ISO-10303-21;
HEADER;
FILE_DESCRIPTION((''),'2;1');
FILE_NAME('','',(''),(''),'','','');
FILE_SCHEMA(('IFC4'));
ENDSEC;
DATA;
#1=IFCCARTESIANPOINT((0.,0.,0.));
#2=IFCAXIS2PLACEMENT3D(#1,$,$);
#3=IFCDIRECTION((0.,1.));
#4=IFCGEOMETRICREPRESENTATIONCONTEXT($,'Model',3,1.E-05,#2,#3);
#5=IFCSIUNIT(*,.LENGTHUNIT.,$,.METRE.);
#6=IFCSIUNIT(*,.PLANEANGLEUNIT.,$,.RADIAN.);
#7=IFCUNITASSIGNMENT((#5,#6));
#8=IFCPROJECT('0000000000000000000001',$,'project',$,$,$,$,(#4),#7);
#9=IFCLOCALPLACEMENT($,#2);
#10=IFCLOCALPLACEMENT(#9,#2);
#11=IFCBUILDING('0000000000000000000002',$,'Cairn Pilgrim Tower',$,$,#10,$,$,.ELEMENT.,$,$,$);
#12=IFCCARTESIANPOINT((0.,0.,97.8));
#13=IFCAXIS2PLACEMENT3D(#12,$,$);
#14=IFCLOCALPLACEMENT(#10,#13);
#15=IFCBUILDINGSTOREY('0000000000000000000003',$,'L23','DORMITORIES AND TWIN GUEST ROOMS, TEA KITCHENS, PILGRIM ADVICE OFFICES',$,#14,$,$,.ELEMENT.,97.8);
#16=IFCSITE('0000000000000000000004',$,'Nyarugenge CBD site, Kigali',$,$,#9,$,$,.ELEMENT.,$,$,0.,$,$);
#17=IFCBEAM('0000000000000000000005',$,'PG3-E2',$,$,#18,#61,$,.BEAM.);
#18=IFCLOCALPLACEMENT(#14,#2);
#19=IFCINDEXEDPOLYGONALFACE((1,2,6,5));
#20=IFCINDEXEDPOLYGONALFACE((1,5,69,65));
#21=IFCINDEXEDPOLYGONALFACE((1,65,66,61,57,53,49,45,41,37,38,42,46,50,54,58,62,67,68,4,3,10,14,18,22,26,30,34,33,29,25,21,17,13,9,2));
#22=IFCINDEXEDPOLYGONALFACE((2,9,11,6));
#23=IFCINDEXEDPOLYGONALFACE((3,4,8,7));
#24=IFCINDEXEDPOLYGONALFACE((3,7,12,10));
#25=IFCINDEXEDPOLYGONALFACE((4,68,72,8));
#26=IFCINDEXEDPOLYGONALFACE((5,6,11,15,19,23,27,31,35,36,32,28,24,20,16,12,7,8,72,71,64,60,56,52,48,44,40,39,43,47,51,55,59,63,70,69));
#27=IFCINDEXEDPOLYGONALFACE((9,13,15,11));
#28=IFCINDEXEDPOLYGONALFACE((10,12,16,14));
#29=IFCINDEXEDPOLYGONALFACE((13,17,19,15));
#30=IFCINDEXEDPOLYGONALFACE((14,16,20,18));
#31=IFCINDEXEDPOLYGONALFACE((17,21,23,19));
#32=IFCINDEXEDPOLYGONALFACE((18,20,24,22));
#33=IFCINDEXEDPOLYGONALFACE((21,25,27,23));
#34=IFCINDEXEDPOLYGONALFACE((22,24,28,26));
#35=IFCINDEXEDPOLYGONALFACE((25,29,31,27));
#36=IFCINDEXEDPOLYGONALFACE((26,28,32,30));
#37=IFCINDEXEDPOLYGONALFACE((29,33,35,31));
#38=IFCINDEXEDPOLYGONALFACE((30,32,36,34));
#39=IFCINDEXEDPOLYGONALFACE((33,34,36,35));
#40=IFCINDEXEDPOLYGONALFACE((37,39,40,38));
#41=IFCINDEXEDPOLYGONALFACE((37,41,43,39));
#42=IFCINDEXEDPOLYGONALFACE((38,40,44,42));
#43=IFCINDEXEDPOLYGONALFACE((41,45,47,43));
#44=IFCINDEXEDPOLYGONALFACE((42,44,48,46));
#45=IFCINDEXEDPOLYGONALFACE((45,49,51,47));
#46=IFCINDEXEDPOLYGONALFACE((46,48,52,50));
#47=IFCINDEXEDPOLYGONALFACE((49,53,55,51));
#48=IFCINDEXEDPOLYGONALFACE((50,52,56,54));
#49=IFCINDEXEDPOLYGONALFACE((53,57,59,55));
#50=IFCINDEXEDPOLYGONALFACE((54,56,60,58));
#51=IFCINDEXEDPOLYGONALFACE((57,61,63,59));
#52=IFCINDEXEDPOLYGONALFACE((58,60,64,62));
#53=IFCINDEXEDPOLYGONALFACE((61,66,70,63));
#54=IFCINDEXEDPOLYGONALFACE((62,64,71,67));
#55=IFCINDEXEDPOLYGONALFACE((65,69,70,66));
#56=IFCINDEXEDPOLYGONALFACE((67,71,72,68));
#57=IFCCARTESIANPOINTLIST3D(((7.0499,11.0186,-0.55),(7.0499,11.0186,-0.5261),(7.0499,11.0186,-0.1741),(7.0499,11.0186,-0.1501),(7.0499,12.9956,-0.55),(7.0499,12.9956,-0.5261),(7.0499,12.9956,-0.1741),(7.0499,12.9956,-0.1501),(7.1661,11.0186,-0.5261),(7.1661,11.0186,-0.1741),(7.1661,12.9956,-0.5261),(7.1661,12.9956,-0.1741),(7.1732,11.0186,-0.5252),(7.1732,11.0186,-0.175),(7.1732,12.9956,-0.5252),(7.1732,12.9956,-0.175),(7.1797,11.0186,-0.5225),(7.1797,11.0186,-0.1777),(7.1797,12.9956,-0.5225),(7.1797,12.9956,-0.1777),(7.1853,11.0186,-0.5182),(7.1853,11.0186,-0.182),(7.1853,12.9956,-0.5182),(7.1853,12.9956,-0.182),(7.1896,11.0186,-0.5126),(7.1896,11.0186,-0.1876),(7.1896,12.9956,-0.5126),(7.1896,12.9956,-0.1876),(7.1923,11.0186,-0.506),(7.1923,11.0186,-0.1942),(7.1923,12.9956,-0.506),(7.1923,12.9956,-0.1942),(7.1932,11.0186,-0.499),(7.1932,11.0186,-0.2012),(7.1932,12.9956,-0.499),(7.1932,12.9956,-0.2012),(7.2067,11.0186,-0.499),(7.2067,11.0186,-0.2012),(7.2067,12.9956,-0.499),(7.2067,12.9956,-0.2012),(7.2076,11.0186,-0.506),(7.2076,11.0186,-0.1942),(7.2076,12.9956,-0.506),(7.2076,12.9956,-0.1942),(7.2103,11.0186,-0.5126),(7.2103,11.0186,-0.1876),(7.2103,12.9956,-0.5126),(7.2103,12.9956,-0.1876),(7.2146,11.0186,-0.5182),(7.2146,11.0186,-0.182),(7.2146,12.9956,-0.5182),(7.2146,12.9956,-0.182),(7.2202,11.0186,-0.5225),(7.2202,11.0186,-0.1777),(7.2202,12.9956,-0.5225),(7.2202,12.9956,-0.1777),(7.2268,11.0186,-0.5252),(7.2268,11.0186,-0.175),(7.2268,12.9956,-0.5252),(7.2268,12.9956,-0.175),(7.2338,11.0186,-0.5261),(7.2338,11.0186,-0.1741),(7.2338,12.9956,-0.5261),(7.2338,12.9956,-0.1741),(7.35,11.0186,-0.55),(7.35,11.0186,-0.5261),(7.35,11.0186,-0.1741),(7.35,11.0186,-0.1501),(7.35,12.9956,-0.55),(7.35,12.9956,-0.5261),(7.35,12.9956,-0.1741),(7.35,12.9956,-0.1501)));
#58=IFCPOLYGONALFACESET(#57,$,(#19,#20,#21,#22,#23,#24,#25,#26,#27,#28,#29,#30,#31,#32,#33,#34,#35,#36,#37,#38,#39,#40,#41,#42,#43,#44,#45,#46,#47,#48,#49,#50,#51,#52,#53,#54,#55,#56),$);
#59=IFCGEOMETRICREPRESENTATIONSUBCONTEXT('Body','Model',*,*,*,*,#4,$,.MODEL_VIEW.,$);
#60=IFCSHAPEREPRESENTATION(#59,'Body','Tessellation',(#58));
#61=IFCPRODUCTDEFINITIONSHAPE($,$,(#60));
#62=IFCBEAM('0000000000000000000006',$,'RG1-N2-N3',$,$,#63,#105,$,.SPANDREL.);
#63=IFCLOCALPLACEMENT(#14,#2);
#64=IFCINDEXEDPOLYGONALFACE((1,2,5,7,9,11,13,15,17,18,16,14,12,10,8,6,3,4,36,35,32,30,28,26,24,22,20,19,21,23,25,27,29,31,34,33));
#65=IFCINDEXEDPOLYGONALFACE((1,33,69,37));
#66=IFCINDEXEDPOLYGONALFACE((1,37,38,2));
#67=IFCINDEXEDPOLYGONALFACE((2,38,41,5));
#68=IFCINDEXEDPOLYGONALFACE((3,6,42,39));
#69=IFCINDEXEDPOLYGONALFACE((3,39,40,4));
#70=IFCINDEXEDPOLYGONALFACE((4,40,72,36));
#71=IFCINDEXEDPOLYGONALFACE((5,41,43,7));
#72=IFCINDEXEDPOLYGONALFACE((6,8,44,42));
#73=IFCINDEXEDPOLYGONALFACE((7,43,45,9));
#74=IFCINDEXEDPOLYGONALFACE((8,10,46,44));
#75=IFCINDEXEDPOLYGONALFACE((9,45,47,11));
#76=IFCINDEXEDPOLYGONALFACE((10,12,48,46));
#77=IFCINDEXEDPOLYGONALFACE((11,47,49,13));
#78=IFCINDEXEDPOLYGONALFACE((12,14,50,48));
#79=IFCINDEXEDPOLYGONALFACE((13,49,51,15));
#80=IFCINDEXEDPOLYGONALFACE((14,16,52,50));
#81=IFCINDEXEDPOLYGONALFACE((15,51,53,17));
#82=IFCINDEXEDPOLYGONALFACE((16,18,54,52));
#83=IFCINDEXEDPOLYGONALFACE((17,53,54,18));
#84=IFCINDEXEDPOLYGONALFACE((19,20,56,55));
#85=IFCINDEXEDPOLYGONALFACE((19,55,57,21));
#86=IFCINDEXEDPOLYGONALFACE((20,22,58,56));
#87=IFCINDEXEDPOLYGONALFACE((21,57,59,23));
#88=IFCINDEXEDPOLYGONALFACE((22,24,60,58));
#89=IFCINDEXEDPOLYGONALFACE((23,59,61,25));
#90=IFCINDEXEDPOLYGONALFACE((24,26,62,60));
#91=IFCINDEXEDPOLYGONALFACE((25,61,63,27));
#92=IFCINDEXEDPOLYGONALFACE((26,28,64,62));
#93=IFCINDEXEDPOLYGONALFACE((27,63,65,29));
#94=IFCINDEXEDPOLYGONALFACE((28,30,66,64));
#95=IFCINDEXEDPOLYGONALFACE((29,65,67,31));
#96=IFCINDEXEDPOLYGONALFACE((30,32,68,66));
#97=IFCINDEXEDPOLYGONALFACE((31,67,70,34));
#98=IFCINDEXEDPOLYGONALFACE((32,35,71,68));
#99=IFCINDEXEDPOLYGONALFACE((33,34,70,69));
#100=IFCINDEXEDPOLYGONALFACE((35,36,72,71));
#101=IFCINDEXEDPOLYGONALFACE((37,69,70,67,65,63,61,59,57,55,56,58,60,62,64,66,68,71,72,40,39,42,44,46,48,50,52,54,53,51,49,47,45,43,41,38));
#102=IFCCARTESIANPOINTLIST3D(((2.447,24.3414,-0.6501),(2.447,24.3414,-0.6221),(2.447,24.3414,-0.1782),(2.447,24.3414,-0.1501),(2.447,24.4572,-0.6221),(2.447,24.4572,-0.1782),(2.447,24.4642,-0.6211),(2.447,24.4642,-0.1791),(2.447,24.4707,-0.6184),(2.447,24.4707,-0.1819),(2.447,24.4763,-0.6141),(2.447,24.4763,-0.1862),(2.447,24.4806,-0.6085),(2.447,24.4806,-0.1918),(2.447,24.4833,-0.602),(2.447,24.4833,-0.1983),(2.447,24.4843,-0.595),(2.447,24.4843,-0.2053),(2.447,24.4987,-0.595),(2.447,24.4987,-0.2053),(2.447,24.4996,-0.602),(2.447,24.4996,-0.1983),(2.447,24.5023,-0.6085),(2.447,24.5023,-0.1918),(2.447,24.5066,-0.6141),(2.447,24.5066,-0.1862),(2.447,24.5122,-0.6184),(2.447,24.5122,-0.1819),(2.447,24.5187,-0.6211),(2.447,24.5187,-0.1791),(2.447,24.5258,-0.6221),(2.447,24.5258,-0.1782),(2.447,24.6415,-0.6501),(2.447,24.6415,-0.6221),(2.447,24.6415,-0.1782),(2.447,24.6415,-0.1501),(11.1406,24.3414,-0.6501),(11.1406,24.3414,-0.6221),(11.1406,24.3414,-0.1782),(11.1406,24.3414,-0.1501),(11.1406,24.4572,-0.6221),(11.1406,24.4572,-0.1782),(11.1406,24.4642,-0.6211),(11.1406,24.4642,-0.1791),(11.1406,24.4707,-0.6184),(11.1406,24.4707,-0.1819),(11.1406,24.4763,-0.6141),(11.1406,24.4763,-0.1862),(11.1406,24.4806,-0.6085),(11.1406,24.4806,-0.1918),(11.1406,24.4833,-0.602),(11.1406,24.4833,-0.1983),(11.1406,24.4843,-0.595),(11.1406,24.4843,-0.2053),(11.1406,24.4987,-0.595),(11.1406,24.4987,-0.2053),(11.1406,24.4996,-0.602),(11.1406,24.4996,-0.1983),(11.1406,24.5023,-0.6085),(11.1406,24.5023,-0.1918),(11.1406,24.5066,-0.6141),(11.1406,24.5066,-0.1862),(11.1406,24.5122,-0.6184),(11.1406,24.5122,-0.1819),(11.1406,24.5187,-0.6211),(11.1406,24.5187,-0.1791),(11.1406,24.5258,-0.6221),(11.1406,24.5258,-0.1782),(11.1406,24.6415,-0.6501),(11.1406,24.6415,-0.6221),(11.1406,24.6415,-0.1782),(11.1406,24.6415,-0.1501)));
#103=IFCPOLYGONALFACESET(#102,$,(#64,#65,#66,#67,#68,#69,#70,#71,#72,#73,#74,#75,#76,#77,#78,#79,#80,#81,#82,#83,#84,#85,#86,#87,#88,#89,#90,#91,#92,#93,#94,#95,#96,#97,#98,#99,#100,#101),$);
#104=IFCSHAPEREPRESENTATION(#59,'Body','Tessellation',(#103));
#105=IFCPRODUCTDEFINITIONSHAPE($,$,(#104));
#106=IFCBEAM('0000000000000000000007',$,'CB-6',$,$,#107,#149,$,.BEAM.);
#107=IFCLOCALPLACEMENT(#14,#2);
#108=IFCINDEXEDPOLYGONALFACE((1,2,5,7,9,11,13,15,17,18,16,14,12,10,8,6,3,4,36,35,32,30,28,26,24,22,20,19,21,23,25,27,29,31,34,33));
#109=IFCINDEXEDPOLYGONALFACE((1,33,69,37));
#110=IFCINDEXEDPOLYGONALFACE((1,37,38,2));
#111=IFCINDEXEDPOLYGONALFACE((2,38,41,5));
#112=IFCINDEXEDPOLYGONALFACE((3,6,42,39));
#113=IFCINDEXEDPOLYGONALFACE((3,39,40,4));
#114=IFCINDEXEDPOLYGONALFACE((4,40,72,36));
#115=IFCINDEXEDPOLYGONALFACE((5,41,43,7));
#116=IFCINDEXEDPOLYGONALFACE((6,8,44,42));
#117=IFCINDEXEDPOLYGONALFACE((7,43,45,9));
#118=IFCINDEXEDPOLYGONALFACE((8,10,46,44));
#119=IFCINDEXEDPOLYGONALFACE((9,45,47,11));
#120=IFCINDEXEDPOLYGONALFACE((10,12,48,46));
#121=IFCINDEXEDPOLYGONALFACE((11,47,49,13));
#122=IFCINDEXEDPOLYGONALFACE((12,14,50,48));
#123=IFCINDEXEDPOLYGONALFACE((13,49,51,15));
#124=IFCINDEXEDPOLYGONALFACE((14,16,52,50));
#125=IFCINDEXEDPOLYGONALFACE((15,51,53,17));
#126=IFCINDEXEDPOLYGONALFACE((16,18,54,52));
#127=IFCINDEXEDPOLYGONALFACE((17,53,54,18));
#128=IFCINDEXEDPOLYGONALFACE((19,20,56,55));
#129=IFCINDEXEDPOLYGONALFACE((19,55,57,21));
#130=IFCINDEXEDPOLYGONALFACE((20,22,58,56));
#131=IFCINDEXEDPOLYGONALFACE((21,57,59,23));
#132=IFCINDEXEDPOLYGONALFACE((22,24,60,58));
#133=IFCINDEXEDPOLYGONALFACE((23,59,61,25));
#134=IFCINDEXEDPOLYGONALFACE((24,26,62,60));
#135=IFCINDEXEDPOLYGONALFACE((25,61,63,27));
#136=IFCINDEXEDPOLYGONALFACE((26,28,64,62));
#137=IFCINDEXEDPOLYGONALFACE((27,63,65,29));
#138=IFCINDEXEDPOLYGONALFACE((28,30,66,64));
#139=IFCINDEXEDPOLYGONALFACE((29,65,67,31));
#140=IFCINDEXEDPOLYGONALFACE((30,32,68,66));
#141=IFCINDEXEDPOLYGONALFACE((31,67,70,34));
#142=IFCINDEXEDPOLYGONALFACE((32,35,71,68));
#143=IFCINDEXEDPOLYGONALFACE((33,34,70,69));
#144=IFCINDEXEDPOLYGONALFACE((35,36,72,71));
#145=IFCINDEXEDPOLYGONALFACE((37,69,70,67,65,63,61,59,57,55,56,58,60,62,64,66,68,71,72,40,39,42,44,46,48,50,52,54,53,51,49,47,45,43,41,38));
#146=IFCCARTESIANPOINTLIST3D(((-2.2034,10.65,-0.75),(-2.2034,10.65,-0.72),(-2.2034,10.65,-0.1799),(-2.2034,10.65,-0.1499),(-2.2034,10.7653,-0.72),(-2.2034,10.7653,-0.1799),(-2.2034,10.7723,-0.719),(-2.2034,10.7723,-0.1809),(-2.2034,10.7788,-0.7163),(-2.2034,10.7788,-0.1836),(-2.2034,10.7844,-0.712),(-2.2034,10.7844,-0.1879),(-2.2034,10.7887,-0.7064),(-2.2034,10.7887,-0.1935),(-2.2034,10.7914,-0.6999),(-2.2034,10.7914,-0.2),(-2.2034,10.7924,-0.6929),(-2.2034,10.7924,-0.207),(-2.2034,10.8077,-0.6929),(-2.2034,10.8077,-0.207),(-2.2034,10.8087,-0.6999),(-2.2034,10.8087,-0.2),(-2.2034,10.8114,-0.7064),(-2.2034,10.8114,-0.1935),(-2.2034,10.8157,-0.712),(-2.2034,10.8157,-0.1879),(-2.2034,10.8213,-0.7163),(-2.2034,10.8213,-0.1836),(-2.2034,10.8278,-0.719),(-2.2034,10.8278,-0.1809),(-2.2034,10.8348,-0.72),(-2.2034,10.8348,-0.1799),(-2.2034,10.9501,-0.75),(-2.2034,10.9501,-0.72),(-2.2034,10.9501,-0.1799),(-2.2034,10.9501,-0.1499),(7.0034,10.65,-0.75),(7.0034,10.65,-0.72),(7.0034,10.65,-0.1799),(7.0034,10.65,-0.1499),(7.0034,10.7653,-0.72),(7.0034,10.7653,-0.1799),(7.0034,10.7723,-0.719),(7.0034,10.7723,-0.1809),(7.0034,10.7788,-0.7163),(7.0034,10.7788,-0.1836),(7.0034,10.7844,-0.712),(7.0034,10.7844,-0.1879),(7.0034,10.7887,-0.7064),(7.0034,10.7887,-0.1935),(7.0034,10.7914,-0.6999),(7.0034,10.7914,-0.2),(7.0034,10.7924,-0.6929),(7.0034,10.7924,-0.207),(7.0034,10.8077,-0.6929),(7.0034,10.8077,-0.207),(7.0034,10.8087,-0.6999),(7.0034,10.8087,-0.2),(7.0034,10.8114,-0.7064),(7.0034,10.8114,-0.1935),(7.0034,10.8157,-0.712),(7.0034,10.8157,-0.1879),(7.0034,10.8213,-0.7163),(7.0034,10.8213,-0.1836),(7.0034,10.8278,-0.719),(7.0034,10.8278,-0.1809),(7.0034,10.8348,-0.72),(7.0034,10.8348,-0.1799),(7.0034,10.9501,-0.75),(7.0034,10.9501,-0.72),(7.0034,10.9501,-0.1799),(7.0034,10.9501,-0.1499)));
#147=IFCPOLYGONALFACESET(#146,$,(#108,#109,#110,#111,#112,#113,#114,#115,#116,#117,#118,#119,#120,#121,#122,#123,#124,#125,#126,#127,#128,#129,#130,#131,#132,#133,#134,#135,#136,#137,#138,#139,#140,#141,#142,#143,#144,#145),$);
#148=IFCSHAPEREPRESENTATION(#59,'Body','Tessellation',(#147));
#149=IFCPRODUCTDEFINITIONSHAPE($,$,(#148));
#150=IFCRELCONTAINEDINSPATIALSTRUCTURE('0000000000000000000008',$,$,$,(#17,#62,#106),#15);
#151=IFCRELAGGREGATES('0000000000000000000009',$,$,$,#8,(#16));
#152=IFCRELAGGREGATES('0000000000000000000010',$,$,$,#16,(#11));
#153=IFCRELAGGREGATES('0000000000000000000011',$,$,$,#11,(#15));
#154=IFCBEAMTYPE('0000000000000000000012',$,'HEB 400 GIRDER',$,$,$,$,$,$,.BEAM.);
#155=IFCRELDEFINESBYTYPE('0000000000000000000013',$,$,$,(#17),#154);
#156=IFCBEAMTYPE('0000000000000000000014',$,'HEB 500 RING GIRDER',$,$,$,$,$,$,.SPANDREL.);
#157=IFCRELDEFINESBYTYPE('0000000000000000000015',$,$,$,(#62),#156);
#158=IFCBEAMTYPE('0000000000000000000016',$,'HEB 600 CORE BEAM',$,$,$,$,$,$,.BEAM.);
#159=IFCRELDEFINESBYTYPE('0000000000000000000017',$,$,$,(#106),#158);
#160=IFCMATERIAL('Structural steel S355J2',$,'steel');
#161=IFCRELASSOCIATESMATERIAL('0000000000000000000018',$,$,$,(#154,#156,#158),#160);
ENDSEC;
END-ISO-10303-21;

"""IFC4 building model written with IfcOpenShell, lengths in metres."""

from ifc_helpers import new_model, si_unit, direction, frame, origin, origin_2d, place, context, subcontext, project, spatial, i_section, extrude, material, material_profile, profile_set, type_object, element, save


model = new_model("IFC4")

# Units and contexts
model_context = context("Model", 3, precision=1e-05, world=origin(), true_north=direction((0.0, 1.0)))
body_context = subcontext(model_context, "Body", "Model", "MODEL_VIEW")
ifc_project = project(units=[si_unit("LENGTHUNIT", "METRE"), si_unit("PLANEANGLEUNIT", "RADIAN")], contexts=[model_context])

# Site, building, storey
site_placement = place(None, origin())
site = spatial("IfcSite", under=ifc_project, at=site_placement, Name="Nyarugenge CBD site, Kigali", CompositionType="ELEMENT", RefElevation=0.0)
building_placement = place(site_placement, origin())
building = spatial("IfcBuilding", under=site, at=building_placement, Name="Cairn Pilgrim Tower", CompositionType="ELEMENT")
storey_placement = place(building_placement, frame((0.0, 0.0, 97.8)))
storey = spatial("IfcBuildingStorey", under=building, at=storey_placement, Name="L23", Description="DORMITORIES AND TWIN GUEST ROOMS, TEA KITCHENS, PILGRIM ADVICE OFFICES", CompositionType="ELEMENT", Elevation=97.8)

# Beams
ifc_material_1 = material(Name="Structural steel S355J2", Category="steel")
ifc_material_profile_1 = material_profile(ifc_material_1, i_section(OverallWidth=0.3, OverallDepth=0.3999, WebThickness=0.0134, FlangeThickness=0.0239, FilletRadius=0.0271, at=origin_2d()), Name="HEB 400")
ifc_profile_set_1 = profile_set([ifc_material_profile_1], Name="Structural steel S355J2")
beam_type_1 = type_object("IfcBeamType", Name="HEB 400 GIRDER", PredefinedType="BEAM", material=ifc_profile_set_1)
beam_1_placement = place(storey_placement, frame((7.2, 11.0186, -0.3501), z_axis=(0.0, 1.0, 0.0), x_axis=(-1.0, 0.0, 0.0)))
element("IfcBeam", 1, at=beam_1_placement, inside=storey, type_object=beam_type_1, Name="PG3-E2", PredefinedType="BEAM", context=body_context, shape_type="SweptSolid", body=[
    extrude(i_section(OverallWidth=0.3, OverallDepth=0.3999, WebThickness=0.0134, FlangeThickness=0.0239, FilletRadius=0.0271, at=origin_2d()), origin(), (0.0, 0.0, 1.0), 1.9771),
])
ifc_material_profile_2 = material_profile(ifc_material_1, i_section(OverallWidth=0.3, OverallDepth=0.5, WebThickness=0.0144, FlangeThickness=0.0281, FilletRadius=0.0271, at=origin_2d()), Name="HEB 500")
ifc_profile_set_2 = profile_set([ifc_material_profile_2], Name="Structural steel S355J2")
beam_type_2 = type_object("IfcBeamType", Name="HEB 500 RING GIRDER", PredefinedType="SPANDREL", material=ifc_profile_set_2)
beam_2_placement = place(storey_placement, frame((11.1406, 24.4915, -0.4001), z_axis=(-1.0, 0.0, 0.0), x_axis=(0.0, -1.0, 0.0)))
element("IfcBeam", 2, at=beam_2_placement, inside=storey, type_object=beam_type_2, Name="RG1-N2-N3", PredefinedType="SPANDREL", context=body_context, shape_type="SweptSolid", body=[
    extrude(i_section(OverallWidth=0.3, OverallDepth=0.5, WebThickness=0.0144, FlangeThickness=0.0281, FilletRadius=0.0271, at=origin_2d()), origin(), (0.0, 0.0, 1.0), 8.6936),
])
ifc_material_profile_3 = material_profile(ifc_material_1, i_section(OverallWidth=0.3, OverallDepth=0.6001, WebThickness=0.0154, FlangeThickness=0.03, FilletRadius=0.0271, at=origin_2d()), Name="HEB 600")
ifc_profile_set_3 = profile_set([ifc_material_profile_3], Name="Structural steel S355J2")
beam_type_3 = type_object("IfcBeamType", Name="HEB 600 CORE BEAM", PredefinedType="BEAM", material=ifc_profile_set_3)
beam_3_placement = place(storey_placement, frame((7.0034, 10.8, -0.45), z_axis=(-1.0, 0.0, 0.0), x_axis=(0.0, -1.0, 0.0)))
element("IfcBeam", 3, at=beam_3_placement, inside=storey, type_object=beam_type_3, Name="CB-6", PredefinedType="BEAM", context=body_context, shape_type="SweptSolid", body=[
    extrude(i_section(OverallWidth=0.3, OverallDepth=0.6001, WebThickness=0.0154, FlangeThickness=0.03, FilletRadius=0.0271, at=origin_2d()), origin(), (0.0, 0.0, 1.0), 9.2068),
])

save(model, "model.ifc")
